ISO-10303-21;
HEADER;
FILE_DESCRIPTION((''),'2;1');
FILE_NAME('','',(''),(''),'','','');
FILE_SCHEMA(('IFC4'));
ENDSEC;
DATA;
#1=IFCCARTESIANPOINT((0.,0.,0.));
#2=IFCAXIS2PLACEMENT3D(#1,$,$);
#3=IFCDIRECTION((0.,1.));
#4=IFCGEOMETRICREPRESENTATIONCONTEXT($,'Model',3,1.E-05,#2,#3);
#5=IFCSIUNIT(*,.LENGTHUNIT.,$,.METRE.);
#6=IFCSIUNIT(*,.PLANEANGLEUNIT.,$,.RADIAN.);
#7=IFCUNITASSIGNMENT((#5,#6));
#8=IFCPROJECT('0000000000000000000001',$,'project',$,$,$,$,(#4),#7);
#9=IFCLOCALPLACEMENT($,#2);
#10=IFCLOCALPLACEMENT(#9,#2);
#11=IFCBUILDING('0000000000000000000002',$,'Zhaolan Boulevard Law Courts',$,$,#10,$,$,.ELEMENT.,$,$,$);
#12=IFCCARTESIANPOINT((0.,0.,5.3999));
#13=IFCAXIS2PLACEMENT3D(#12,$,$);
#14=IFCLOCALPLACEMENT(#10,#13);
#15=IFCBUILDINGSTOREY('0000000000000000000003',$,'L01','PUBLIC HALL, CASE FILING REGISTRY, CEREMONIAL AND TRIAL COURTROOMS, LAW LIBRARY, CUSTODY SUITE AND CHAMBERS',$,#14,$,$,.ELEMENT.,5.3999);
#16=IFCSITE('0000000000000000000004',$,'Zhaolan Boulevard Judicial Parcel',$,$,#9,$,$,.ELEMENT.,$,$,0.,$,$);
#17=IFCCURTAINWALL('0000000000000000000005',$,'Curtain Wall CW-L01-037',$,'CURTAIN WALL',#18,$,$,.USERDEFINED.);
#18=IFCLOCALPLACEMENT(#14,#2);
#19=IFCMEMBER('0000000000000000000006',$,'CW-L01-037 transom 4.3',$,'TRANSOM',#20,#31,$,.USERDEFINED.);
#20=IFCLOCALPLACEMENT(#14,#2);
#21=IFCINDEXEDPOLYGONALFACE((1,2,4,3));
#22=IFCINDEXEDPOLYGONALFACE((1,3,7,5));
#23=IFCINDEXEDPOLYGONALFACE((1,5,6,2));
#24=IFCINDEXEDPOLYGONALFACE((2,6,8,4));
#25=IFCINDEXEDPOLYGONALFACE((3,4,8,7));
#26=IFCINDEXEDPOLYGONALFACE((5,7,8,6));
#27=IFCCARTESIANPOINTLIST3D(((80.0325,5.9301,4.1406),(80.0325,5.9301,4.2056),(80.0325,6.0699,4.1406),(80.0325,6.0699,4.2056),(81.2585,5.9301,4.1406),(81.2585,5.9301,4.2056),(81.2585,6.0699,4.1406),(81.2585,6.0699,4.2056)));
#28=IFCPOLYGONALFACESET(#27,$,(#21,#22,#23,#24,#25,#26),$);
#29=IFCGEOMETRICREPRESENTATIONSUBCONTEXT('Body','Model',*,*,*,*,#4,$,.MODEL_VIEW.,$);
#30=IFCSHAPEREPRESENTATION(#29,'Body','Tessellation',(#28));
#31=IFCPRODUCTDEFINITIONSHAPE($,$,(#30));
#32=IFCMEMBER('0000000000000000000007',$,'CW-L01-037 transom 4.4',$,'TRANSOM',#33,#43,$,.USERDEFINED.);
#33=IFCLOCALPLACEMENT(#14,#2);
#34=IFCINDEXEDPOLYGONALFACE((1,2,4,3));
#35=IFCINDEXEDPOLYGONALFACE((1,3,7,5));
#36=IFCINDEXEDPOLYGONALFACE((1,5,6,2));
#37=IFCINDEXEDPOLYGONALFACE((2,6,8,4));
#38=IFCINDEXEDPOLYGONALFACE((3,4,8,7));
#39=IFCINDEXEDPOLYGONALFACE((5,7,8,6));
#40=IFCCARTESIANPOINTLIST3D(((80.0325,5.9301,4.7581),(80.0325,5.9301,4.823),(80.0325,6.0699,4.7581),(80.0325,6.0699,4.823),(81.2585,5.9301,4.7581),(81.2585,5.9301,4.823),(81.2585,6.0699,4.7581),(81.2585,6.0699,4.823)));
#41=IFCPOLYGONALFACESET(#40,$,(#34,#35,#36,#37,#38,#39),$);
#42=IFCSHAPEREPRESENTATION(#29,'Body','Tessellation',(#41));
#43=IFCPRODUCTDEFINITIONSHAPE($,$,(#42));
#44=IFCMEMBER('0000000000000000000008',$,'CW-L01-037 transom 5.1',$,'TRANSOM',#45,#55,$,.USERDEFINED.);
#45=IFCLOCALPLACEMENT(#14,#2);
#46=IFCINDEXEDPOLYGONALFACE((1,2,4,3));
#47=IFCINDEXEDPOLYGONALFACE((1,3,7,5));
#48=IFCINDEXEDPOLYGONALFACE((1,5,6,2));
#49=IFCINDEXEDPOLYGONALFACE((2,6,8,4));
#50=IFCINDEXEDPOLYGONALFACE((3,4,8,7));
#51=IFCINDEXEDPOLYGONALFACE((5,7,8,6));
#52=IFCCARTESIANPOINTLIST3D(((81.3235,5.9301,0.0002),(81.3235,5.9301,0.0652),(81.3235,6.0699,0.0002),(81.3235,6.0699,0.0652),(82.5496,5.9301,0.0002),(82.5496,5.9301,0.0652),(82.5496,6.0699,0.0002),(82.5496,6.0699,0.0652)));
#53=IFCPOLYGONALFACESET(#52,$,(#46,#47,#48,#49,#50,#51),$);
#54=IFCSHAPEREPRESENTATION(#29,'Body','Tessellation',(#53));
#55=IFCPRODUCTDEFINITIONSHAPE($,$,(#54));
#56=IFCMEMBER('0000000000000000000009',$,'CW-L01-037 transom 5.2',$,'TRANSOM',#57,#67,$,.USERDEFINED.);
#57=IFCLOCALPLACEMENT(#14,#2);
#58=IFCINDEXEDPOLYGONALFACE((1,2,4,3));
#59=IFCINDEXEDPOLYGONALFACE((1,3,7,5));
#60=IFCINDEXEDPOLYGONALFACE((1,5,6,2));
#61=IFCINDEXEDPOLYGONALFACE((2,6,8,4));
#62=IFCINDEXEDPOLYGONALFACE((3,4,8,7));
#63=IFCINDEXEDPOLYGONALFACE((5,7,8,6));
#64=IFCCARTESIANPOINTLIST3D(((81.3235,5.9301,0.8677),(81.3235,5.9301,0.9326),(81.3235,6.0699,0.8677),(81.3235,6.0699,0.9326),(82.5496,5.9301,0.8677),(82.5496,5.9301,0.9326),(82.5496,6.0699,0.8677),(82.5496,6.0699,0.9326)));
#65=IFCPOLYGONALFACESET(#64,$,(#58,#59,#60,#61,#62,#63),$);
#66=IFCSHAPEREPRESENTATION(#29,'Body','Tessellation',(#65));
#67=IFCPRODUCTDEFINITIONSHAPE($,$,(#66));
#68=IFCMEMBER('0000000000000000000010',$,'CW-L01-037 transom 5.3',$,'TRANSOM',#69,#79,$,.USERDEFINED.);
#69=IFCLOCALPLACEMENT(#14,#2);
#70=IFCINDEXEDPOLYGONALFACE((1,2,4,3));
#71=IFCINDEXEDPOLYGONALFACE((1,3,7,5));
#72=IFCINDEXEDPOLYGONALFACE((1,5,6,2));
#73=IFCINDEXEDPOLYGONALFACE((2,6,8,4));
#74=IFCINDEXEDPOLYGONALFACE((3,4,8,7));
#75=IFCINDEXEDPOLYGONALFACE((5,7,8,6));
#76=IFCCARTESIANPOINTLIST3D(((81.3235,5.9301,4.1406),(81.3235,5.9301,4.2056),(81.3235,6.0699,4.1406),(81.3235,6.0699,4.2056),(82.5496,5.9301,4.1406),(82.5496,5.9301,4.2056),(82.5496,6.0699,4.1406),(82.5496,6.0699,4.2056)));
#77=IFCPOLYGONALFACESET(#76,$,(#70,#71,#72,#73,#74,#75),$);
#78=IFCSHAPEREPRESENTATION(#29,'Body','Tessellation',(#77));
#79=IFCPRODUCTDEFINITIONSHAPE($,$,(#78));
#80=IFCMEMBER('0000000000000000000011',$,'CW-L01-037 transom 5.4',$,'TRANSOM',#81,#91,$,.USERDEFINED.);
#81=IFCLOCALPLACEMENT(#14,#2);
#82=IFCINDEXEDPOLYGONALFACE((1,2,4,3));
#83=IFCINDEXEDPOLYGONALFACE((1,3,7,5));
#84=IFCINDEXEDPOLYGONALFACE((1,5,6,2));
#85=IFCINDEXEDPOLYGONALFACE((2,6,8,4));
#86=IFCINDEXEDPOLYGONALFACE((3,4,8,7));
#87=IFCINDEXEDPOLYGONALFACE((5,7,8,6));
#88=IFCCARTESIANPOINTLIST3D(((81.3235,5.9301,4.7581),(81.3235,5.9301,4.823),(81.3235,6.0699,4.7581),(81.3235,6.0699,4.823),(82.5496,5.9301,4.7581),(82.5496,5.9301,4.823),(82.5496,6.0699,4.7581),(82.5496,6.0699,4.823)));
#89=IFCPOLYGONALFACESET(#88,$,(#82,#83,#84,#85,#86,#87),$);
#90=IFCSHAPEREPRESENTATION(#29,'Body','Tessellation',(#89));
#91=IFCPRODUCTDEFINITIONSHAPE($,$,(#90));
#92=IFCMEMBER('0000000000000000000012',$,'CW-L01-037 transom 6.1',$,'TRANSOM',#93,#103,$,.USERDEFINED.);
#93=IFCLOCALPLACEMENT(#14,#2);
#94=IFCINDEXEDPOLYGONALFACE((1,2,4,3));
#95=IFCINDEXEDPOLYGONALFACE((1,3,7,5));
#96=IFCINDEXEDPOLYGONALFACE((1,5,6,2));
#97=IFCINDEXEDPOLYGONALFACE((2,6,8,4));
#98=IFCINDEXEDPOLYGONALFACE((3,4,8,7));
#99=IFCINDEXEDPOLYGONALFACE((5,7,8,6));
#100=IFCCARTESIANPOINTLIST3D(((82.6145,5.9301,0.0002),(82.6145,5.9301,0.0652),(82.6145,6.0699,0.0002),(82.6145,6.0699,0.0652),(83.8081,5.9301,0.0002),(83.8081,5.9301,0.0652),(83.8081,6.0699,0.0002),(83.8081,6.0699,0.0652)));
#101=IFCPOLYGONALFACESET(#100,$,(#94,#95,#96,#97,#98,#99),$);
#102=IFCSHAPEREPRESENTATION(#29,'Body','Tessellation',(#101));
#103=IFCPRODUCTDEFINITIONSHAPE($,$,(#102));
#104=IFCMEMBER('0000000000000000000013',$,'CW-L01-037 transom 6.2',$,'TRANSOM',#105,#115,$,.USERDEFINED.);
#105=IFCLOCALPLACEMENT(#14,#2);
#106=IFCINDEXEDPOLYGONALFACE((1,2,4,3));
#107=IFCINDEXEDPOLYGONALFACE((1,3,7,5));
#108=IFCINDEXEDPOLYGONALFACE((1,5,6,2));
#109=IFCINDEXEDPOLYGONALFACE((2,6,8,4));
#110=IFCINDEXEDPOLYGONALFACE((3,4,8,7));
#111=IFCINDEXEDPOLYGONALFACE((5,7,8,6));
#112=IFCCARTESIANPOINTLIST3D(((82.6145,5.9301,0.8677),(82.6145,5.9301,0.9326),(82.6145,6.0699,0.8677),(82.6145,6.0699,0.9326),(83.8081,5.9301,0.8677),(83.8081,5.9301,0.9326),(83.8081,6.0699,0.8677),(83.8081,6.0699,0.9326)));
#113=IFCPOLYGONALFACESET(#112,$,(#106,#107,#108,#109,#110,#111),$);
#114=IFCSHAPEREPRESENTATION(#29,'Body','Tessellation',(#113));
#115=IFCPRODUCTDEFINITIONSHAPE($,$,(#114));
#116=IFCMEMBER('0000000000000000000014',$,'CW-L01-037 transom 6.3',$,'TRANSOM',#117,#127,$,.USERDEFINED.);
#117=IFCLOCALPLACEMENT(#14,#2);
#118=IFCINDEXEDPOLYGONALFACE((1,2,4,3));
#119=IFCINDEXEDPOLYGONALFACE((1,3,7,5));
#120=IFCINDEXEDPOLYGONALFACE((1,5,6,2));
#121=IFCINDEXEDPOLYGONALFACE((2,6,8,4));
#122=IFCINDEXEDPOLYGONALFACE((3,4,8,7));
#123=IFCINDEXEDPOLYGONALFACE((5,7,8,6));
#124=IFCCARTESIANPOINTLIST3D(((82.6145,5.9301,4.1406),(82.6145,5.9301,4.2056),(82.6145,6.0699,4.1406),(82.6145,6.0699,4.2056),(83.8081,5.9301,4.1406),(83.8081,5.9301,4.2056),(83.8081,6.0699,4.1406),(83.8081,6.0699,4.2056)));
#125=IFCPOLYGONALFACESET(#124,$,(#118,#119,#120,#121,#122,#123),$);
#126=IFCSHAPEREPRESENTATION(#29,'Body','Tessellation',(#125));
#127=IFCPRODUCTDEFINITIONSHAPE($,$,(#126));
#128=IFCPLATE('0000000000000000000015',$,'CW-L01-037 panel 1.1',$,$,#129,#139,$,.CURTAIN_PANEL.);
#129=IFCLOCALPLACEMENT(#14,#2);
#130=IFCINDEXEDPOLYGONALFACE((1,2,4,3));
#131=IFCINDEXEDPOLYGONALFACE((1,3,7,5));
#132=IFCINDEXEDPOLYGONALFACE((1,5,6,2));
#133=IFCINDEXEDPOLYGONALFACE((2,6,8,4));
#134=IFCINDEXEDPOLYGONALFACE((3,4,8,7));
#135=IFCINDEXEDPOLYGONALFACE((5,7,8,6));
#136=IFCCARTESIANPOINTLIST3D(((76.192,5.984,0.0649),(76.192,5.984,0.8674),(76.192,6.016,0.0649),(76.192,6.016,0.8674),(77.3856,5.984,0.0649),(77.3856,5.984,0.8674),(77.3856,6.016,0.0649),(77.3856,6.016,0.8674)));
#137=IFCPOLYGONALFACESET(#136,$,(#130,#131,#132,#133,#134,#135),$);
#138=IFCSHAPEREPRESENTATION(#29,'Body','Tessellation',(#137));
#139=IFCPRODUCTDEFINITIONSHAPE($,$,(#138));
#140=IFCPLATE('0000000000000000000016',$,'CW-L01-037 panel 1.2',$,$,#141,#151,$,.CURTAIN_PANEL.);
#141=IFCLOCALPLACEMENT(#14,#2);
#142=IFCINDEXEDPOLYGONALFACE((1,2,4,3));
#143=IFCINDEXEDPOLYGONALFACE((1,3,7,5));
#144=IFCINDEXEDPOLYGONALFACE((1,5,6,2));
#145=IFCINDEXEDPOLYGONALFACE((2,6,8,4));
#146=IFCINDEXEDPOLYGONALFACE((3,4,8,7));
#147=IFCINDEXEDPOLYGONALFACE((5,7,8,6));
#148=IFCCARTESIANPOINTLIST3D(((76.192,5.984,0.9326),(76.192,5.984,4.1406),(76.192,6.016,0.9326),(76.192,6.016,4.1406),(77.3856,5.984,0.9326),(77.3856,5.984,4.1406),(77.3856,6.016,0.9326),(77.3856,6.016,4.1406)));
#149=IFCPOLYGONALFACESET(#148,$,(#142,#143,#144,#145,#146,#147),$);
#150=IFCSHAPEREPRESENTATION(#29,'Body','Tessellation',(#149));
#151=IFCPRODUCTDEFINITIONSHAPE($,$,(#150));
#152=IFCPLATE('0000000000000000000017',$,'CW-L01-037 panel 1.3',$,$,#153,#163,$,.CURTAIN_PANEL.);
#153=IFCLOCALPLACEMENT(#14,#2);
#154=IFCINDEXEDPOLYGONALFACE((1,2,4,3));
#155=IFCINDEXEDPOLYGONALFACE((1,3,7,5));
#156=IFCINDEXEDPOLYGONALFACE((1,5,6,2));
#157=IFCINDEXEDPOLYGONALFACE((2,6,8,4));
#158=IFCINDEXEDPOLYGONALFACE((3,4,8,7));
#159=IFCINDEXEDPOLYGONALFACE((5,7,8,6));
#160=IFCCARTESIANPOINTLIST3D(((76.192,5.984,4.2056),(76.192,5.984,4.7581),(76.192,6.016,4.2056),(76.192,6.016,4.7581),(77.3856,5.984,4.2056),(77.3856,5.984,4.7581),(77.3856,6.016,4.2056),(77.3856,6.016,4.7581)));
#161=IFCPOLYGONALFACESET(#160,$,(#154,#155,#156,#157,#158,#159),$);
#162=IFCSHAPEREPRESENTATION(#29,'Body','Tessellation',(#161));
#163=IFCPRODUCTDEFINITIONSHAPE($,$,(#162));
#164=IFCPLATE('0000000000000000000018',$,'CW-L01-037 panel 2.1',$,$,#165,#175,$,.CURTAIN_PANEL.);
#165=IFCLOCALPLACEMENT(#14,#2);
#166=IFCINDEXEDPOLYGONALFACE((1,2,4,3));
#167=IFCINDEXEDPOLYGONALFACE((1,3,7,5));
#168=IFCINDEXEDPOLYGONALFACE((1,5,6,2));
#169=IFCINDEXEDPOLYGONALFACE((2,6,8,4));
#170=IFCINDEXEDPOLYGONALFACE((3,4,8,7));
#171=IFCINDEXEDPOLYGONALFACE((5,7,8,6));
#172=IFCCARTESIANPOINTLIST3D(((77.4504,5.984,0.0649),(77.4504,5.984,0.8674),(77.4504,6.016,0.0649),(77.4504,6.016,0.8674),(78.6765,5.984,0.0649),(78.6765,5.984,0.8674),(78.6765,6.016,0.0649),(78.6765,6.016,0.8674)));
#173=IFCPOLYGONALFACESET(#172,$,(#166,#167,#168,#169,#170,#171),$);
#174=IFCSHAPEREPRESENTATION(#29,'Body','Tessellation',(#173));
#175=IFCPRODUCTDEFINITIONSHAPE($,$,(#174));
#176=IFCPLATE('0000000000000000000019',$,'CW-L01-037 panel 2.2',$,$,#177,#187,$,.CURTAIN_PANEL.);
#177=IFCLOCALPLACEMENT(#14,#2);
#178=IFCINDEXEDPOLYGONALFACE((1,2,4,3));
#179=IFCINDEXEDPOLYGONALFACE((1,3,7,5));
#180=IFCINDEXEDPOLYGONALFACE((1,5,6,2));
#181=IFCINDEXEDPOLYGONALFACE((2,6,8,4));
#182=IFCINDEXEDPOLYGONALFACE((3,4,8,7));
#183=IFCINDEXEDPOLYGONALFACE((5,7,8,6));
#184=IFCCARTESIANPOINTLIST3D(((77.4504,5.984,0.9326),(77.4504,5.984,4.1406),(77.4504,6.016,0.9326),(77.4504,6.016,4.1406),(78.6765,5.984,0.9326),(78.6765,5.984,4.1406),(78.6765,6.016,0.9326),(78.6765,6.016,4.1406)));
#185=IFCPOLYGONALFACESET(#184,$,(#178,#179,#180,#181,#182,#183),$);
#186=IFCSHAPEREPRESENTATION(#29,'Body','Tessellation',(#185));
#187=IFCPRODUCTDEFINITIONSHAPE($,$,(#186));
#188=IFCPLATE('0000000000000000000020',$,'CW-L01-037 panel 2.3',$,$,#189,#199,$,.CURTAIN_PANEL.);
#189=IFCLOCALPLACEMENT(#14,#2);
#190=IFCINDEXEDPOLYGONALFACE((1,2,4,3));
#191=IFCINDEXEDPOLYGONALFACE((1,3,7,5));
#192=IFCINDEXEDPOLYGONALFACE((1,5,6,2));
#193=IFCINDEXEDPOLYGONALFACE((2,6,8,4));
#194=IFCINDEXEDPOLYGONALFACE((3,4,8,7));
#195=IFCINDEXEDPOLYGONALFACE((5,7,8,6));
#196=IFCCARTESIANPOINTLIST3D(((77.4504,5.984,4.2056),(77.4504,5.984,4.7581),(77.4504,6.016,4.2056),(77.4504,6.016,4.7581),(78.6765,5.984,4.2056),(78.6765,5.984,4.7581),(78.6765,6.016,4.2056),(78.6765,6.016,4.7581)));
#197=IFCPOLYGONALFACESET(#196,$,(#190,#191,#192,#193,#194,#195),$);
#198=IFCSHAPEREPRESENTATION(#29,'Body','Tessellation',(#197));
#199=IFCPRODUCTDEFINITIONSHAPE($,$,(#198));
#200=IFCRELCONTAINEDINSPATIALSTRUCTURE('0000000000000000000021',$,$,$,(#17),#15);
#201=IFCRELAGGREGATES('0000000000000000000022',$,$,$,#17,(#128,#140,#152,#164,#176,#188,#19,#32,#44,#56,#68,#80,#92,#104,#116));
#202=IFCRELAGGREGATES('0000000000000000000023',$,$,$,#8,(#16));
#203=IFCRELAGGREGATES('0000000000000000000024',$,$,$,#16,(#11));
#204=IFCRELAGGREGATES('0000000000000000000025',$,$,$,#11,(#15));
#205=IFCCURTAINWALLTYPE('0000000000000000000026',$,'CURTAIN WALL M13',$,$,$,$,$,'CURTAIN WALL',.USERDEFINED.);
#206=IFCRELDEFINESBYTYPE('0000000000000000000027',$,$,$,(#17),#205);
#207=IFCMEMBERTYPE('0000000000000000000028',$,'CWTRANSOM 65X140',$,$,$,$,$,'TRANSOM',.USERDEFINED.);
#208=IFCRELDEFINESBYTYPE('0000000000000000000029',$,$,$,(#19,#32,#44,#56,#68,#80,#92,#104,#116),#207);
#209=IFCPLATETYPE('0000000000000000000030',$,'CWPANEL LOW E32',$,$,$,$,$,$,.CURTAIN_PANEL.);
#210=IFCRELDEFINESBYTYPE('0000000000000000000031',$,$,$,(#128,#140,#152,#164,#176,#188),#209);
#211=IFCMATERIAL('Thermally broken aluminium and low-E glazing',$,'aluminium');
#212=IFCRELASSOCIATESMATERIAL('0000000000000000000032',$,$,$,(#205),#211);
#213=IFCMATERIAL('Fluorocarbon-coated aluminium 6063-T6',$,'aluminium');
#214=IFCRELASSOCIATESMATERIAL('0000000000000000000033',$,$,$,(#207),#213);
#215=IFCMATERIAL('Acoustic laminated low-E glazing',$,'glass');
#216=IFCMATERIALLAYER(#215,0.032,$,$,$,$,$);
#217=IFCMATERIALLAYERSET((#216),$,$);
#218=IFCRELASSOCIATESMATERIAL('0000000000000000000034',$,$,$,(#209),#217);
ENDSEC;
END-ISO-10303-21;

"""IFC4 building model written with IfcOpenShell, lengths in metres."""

from ifc_helpers import new_model, si_unit, direction, frame, origin, origin_2d, place, context, subcontext, project, spatial, rectangle, extrude, material, layer, layer_set, material_profile, profile_set, type_object, element, aggregate, save


model = new_model("IFC4")

# Units and contexts
model_context = context("Model", 3, precision=1e-05, world=origin(), true_north=direction((0.0, 1.0)))
body_context = subcontext(model_context, "Body", "Model", "MODEL_VIEW")
ifc_project = project(units=[si_unit("LENGTHUNIT", "METRE"), si_unit("PLANEANGLEUNIT", "RADIAN")], contexts=[model_context])

# Site, building, storey
site_placement = place(None, origin())
site = spatial("IfcSite", under=ifc_project, at=site_placement, Name="Zhaolan Boulevard Judicial Parcel", CompositionType="ELEMENT", RefElevation=0.0)
building_placement = place(site_placement, origin())
building = spatial("IfcBuilding", under=site, at=building_placement, Name="Zhaolan Boulevard Law Courts", CompositionType="ELEMENT")
storey_placement = place(building_placement, frame((0.0, 0.0, 5.3999)))
storey = spatial("IfcBuildingStorey", under=building, at=storey_placement, Name="L01", Description="PUBLIC HALL, CASE FILING REGISTRY, CEREMONIAL AND TRIAL COURTROOMS, LAW LIBRARY, CUSTODY SUITE AND CHAMBERS", CompositionType="ELEMENT", Elevation=5.3999)

# Curtain wall, members, plates
ifc_material_1 = material(Name="Thermally broken aluminium and low-E glazing", Category="aluminium")
curtain_wall_type = type_object("IfcCurtainWallType", Name="CURTAIN WALL M13", ElementType="CURTAIN WALL", PredefinedType="USERDEFINED", material=ifc_material_1)
curtain_wall_placement = place(storey_placement, origin())
curtain_wall = element("IfcCurtainWall", 1, at=curtain_wall_placement, inside=storey, type_object=curtain_wall_type, Name="Curtain Wall CW-L01-037", ObjectType="CURTAIN WALL", PredefinedType="USERDEFINED")
ifc_material_2 = material(Name="Fluorocarbon-coated aluminium 6063-T6", Category="aluminium")
ifc_material_profile_1 = material_profile(ifc_material_2, rectangle(XDim=0.1399, YDim=0.0649, at=origin_2d()), Name="AL65x140")
ifc_profile_set_1 = profile_set([ifc_material_profile_1], Name="Fluorocarbon-coated aluminium 6063-T6")
member_type_1 = type_object("IfcMemberType", Name="CWTRANSOM 65X140", ElementType="TRANSOM", PredefinedType="USERDEFINED", material=ifc_profile_set_1)
member_1_placement = place(storey_placement, frame((80.0325, 6.0, 4.1731), z_axis=(1.0, 0.0, 0.0), x_axis=(0.0, 1.0, 0.0)))
member_1 = element("IfcMember", 2, at=member_1_placement, type_object=member_type_1, Name="CW-L01-037 transom 4.3", ObjectType="TRANSOM", PredefinedType="USERDEFINED", context=body_context, shape_type="SweptSolid", body=[
    extrude(rectangle(XDim=0.1399, YDim=0.0649, at=origin_2d()), origin(), (0.0, 0.0, 1.0), 1.2261),
])
member_2_placement = place(storey_placement, frame((80.0325, 6.0, 4.7905), z_axis=(1.0, 0.0, 0.0), x_axis=(0.0, 1.0, 0.0)))
member_2 = element("IfcMember", 3, at=member_2_placement, type_object=member_type_1, Name="CW-L01-037 transom 4.4", ObjectType="TRANSOM", PredefinedType="USERDEFINED", context=body_context, shape_type="SweptSolid", body=[
    extrude(rectangle(XDim=0.1399, YDim=0.0649, at=origin_2d()), origin(), (0.0, 0.0, 1.0), 1.2261),
])
member_3_placement = place(storey_placement, frame((81.3235, 6.0, 0.0327), z_axis=(1.0, 0.0, 0.0), x_axis=(0.0, 1.0, 0.0)))
member_3 = element("IfcMember", 4, at=member_3_placement, type_object=member_type_1, Name="CW-L01-037 transom 5.1", ObjectType="TRANSOM", PredefinedType="USERDEFINED", context=body_context, shape_type="SweptSolid", body=[
    extrude(rectangle(XDim=0.1399, YDim=0.0649, at=origin_2d()), origin(), (0.0, 0.0, 1.0), 1.2261),
])
member_4_placement = place(storey_placement, frame((81.3235, 6.0, 0.9001), z_axis=(1.0, 0.0, 0.0), x_axis=(0.0, 1.0, 0.0)))
member_4 = element("IfcMember", 5, at=member_4_placement, type_object=member_type_1, Name="CW-L01-037 transom 5.2", ObjectType="TRANSOM", PredefinedType="USERDEFINED", context=body_context, shape_type="SweptSolid", body=[
    extrude(rectangle(XDim=0.1399, YDim=0.0649, at=origin_2d()), origin(), (0.0, 0.0, 1.0), 1.2261),
])
member_5_placement = place(storey_placement, frame((81.3235, 6.0, 4.1731), z_axis=(1.0, 0.0, 0.0), x_axis=(0.0, 1.0, 0.0)))
member_5 = element("IfcMember", 6, at=member_5_placement, type_object=member_type_1, Name="CW-L01-037 transom 5.3", ObjectType="TRANSOM", PredefinedType="USERDEFINED", context=body_context, shape_type="SweptSolid", body=[
    extrude(rectangle(XDim=0.1399, YDim=0.0649, at=origin_2d()), origin(), (0.0, 0.0, 1.0), 1.2261),
])
member_6_placement = place(storey_placement, frame((81.3235, 6.0, 4.7905), z_axis=(1.0, 0.0, 0.0), x_axis=(0.0, 1.0, 0.0)))
member_6 = element("IfcMember", 7, at=member_6_placement, type_object=member_type_1, Name="CW-L01-037 transom 5.4", ObjectType="TRANSOM", PredefinedType="USERDEFINED", context=body_context, shape_type="SweptSolid", body=[
    extrude(rectangle(XDim=0.1399, YDim=0.0649, at=origin_2d()), origin(), (0.0, 0.0, 1.0), 1.2261),
])
member_7_placement = place(storey_placement, frame((82.6145, 6.0, 0.0327), z_axis=(1.0, 0.0, 0.0), x_axis=(0.0, 1.0, 0.0)))
member_7 = element("IfcMember", 8, at=member_7_placement, type_object=member_type_1, Name="CW-L01-037 transom 6.1", ObjectType="TRANSOM", PredefinedType="USERDEFINED", context=body_context, shape_type="SweptSolid", body=[
    extrude(rectangle(XDim=0.1399, YDim=0.0649, at=origin_2d()), origin(), (0.0, 0.0, 1.0), 1.1936),
])
member_8_placement = place(storey_placement, frame((82.6145, 6.0, 0.9001), z_axis=(1.0, 0.0, 0.0), x_axis=(0.0, 1.0, 0.0)))
member_8 = element("IfcMember", 9, at=member_8_placement, type_object=member_type_1, Name="CW-L01-037 transom 6.2", ObjectType="TRANSOM", PredefinedType="USERDEFINED", context=body_context, shape_type="SweptSolid", body=[
    extrude(rectangle(XDim=0.1399, YDim=0.0649, at=origin_2d()), origin(), (0.0, 0.0, 1.0), 1.1936),
])
member_9_placement = place(storey_placement, frame((82.6145, 6.0, 4.1731), z_axis=(1.0, 0.0, 0.0), x_axis=(0.0, 1.0, 0.0)))
member_9 = element("IfcMember", 10, at=member_9_placement, type_object=member_type_1, Name="CW-L01-037 transom 6.3", ObjectType="TRANSOM", PredefinedType="USERDEFINED", context=body_context, shape_type="SweptSolid", body=[
    extrude(rectangle(XDim=0.1399, YDim=0.0649, at=origin_2d()), origin(), (0.0, 0.0, 1.0), 1.1936),
])
ifc_material_3 = material(Name="Acoustic laminated low-E glazing", Category="glass")
ifc_layer = layer(ifc_material_3, 0.032)
ifc_layer_set = layer_set([ifc_layer])
plate_type = type_object("IfcPlateType", Name="CWPANEL LOW E32", PredefinedType="CURTAIN_PANEL", material=ifc_layer_set)
plate_1_placement = place(storey_placement, frame((76.7888, 6.0, 0.0649), z_axis=(0.0, 0.0, 1.0), x_axis=(1.0, 0.0, 0.0)))
plate_1 = element("IfcPlate", 11, at=plate_1_placement, type_object=plate_type, Name="CW-L01-037 panel 1.1", PredefinedType="CURTAIN_PANEL", context=body_context, shape_type="SweptSolid", body=[
    extrude(rectangle(XDim=1.1936, YDim=0.032, at=origin_2d()), origin(), (0.0, 0.0, 1.0), 0.8025),
])
plate_2_placement = place(storey_placement, frame((76.7888, 6.0, 0.9326), z_axis=(0.0, 0.0, 1.0), x_axis=(1.0, 0.0, 0.0)))
plate_2 = element("IfcPlate", 12, at=plate_2_placement, type_object=plate_type, Name="CW-L01-037 panel 1.2", PredefinedType="CURTAIN_PANEL", context=body_context, shape_type="SweptSolid", body=[
    extrude(rectangle(XDim=1.1936, YDim=0.032, at=origin_2d()), origin(), (0.0, 0.0, 1.0), 3.208),
])
plate_3_placement = place(storey_placement, frame((76.7888, 6.0, 4.2056), z_axis=(0.0, 0.0, 1.0), x_axis=(1.0, 0.0, 0.0)))
plate_3 = element("IfcPlate", 13, at=plate_3_placement, type_object=plate_type, Name="CW-L01-037 panel 1.3", PredefinedType="CURTAIN_PANEL", context=body_context, shape_type="SweptSolid", body=[
    extrude(rectangle(XDim=1.1936, YDim=0.032, at=origin_2d()), origin(), (0.0, 0.0, 1.0), 0.5525),
])
plate_4_placement = place(storey_placement, frame((78.0635, 6.0, 0.0649), z_axis=(0.0, 0.0, 1.0), x_axis=(1.0, 0.0, 0.0)))
plate_4 = element("IfcPlate", 14, at=plate_4_placement, type_object=plate_type, Name="CW-L01-037 panel 2.1", PredefinedType="CURTAIN_PANEL", context=body_context, shape_type="SweptSolid", body=[
    extrude(rectangle(XDim=1.2261, YDim=0.032, at=origin_2d()), origin(), (0.0, 0.0, 1.0), 0.8025),
])
plate_5_placement = place(storey_placement, frame((78.0635, 6.0, 0.9326), z_axis=(0.0, 0.0, 1.0), x_axis=(1.0, 0.0, 0.0)))
plate_5 = element("IfcPlate", 15, at=plate_5_placement, type_object=plate_type, Name="CW-L01-037 panel 2.2", PredefinedType="CURTAIN_PANEL", context=body_context, shape_type="SweptSolid", body=[
    extrude(rectangle(XDim=1.2261, YDim=0.032, at=origin_2d()), origin(), (0.0, 0.0, 1.0), 3.208),
])
plate_6_placement = place(storey_placement, frame((78.0635, 6.0, 4.2056), z_axis=(0.0, 0.0, 1.0), x_axis=(1.0, 0.0, 0.0)))
plate_6 = element("IfcPlate", 16, at=plate_6_placement, type_object=plate_type, Name="CW-L01-037 panel 2.3", PredefinedType="CURTAIN_PANEL", context=body_context, shape_type="SweptSolid", body=[
    extrude(rectangle(XDim=1.2261, YDim=0.032, at=origin_2d()), origin(), (0.0, 0.0, 1.0), 0.5525),
])
aggregate(curtain_wall, [plate_1, plate_2, plate_3, plate_4, plate_5, plate_6, member_1, member_2, member_3, member_4, member_5, member_6, member_7, member_8, member_9])

save(model, "model.ifc")
